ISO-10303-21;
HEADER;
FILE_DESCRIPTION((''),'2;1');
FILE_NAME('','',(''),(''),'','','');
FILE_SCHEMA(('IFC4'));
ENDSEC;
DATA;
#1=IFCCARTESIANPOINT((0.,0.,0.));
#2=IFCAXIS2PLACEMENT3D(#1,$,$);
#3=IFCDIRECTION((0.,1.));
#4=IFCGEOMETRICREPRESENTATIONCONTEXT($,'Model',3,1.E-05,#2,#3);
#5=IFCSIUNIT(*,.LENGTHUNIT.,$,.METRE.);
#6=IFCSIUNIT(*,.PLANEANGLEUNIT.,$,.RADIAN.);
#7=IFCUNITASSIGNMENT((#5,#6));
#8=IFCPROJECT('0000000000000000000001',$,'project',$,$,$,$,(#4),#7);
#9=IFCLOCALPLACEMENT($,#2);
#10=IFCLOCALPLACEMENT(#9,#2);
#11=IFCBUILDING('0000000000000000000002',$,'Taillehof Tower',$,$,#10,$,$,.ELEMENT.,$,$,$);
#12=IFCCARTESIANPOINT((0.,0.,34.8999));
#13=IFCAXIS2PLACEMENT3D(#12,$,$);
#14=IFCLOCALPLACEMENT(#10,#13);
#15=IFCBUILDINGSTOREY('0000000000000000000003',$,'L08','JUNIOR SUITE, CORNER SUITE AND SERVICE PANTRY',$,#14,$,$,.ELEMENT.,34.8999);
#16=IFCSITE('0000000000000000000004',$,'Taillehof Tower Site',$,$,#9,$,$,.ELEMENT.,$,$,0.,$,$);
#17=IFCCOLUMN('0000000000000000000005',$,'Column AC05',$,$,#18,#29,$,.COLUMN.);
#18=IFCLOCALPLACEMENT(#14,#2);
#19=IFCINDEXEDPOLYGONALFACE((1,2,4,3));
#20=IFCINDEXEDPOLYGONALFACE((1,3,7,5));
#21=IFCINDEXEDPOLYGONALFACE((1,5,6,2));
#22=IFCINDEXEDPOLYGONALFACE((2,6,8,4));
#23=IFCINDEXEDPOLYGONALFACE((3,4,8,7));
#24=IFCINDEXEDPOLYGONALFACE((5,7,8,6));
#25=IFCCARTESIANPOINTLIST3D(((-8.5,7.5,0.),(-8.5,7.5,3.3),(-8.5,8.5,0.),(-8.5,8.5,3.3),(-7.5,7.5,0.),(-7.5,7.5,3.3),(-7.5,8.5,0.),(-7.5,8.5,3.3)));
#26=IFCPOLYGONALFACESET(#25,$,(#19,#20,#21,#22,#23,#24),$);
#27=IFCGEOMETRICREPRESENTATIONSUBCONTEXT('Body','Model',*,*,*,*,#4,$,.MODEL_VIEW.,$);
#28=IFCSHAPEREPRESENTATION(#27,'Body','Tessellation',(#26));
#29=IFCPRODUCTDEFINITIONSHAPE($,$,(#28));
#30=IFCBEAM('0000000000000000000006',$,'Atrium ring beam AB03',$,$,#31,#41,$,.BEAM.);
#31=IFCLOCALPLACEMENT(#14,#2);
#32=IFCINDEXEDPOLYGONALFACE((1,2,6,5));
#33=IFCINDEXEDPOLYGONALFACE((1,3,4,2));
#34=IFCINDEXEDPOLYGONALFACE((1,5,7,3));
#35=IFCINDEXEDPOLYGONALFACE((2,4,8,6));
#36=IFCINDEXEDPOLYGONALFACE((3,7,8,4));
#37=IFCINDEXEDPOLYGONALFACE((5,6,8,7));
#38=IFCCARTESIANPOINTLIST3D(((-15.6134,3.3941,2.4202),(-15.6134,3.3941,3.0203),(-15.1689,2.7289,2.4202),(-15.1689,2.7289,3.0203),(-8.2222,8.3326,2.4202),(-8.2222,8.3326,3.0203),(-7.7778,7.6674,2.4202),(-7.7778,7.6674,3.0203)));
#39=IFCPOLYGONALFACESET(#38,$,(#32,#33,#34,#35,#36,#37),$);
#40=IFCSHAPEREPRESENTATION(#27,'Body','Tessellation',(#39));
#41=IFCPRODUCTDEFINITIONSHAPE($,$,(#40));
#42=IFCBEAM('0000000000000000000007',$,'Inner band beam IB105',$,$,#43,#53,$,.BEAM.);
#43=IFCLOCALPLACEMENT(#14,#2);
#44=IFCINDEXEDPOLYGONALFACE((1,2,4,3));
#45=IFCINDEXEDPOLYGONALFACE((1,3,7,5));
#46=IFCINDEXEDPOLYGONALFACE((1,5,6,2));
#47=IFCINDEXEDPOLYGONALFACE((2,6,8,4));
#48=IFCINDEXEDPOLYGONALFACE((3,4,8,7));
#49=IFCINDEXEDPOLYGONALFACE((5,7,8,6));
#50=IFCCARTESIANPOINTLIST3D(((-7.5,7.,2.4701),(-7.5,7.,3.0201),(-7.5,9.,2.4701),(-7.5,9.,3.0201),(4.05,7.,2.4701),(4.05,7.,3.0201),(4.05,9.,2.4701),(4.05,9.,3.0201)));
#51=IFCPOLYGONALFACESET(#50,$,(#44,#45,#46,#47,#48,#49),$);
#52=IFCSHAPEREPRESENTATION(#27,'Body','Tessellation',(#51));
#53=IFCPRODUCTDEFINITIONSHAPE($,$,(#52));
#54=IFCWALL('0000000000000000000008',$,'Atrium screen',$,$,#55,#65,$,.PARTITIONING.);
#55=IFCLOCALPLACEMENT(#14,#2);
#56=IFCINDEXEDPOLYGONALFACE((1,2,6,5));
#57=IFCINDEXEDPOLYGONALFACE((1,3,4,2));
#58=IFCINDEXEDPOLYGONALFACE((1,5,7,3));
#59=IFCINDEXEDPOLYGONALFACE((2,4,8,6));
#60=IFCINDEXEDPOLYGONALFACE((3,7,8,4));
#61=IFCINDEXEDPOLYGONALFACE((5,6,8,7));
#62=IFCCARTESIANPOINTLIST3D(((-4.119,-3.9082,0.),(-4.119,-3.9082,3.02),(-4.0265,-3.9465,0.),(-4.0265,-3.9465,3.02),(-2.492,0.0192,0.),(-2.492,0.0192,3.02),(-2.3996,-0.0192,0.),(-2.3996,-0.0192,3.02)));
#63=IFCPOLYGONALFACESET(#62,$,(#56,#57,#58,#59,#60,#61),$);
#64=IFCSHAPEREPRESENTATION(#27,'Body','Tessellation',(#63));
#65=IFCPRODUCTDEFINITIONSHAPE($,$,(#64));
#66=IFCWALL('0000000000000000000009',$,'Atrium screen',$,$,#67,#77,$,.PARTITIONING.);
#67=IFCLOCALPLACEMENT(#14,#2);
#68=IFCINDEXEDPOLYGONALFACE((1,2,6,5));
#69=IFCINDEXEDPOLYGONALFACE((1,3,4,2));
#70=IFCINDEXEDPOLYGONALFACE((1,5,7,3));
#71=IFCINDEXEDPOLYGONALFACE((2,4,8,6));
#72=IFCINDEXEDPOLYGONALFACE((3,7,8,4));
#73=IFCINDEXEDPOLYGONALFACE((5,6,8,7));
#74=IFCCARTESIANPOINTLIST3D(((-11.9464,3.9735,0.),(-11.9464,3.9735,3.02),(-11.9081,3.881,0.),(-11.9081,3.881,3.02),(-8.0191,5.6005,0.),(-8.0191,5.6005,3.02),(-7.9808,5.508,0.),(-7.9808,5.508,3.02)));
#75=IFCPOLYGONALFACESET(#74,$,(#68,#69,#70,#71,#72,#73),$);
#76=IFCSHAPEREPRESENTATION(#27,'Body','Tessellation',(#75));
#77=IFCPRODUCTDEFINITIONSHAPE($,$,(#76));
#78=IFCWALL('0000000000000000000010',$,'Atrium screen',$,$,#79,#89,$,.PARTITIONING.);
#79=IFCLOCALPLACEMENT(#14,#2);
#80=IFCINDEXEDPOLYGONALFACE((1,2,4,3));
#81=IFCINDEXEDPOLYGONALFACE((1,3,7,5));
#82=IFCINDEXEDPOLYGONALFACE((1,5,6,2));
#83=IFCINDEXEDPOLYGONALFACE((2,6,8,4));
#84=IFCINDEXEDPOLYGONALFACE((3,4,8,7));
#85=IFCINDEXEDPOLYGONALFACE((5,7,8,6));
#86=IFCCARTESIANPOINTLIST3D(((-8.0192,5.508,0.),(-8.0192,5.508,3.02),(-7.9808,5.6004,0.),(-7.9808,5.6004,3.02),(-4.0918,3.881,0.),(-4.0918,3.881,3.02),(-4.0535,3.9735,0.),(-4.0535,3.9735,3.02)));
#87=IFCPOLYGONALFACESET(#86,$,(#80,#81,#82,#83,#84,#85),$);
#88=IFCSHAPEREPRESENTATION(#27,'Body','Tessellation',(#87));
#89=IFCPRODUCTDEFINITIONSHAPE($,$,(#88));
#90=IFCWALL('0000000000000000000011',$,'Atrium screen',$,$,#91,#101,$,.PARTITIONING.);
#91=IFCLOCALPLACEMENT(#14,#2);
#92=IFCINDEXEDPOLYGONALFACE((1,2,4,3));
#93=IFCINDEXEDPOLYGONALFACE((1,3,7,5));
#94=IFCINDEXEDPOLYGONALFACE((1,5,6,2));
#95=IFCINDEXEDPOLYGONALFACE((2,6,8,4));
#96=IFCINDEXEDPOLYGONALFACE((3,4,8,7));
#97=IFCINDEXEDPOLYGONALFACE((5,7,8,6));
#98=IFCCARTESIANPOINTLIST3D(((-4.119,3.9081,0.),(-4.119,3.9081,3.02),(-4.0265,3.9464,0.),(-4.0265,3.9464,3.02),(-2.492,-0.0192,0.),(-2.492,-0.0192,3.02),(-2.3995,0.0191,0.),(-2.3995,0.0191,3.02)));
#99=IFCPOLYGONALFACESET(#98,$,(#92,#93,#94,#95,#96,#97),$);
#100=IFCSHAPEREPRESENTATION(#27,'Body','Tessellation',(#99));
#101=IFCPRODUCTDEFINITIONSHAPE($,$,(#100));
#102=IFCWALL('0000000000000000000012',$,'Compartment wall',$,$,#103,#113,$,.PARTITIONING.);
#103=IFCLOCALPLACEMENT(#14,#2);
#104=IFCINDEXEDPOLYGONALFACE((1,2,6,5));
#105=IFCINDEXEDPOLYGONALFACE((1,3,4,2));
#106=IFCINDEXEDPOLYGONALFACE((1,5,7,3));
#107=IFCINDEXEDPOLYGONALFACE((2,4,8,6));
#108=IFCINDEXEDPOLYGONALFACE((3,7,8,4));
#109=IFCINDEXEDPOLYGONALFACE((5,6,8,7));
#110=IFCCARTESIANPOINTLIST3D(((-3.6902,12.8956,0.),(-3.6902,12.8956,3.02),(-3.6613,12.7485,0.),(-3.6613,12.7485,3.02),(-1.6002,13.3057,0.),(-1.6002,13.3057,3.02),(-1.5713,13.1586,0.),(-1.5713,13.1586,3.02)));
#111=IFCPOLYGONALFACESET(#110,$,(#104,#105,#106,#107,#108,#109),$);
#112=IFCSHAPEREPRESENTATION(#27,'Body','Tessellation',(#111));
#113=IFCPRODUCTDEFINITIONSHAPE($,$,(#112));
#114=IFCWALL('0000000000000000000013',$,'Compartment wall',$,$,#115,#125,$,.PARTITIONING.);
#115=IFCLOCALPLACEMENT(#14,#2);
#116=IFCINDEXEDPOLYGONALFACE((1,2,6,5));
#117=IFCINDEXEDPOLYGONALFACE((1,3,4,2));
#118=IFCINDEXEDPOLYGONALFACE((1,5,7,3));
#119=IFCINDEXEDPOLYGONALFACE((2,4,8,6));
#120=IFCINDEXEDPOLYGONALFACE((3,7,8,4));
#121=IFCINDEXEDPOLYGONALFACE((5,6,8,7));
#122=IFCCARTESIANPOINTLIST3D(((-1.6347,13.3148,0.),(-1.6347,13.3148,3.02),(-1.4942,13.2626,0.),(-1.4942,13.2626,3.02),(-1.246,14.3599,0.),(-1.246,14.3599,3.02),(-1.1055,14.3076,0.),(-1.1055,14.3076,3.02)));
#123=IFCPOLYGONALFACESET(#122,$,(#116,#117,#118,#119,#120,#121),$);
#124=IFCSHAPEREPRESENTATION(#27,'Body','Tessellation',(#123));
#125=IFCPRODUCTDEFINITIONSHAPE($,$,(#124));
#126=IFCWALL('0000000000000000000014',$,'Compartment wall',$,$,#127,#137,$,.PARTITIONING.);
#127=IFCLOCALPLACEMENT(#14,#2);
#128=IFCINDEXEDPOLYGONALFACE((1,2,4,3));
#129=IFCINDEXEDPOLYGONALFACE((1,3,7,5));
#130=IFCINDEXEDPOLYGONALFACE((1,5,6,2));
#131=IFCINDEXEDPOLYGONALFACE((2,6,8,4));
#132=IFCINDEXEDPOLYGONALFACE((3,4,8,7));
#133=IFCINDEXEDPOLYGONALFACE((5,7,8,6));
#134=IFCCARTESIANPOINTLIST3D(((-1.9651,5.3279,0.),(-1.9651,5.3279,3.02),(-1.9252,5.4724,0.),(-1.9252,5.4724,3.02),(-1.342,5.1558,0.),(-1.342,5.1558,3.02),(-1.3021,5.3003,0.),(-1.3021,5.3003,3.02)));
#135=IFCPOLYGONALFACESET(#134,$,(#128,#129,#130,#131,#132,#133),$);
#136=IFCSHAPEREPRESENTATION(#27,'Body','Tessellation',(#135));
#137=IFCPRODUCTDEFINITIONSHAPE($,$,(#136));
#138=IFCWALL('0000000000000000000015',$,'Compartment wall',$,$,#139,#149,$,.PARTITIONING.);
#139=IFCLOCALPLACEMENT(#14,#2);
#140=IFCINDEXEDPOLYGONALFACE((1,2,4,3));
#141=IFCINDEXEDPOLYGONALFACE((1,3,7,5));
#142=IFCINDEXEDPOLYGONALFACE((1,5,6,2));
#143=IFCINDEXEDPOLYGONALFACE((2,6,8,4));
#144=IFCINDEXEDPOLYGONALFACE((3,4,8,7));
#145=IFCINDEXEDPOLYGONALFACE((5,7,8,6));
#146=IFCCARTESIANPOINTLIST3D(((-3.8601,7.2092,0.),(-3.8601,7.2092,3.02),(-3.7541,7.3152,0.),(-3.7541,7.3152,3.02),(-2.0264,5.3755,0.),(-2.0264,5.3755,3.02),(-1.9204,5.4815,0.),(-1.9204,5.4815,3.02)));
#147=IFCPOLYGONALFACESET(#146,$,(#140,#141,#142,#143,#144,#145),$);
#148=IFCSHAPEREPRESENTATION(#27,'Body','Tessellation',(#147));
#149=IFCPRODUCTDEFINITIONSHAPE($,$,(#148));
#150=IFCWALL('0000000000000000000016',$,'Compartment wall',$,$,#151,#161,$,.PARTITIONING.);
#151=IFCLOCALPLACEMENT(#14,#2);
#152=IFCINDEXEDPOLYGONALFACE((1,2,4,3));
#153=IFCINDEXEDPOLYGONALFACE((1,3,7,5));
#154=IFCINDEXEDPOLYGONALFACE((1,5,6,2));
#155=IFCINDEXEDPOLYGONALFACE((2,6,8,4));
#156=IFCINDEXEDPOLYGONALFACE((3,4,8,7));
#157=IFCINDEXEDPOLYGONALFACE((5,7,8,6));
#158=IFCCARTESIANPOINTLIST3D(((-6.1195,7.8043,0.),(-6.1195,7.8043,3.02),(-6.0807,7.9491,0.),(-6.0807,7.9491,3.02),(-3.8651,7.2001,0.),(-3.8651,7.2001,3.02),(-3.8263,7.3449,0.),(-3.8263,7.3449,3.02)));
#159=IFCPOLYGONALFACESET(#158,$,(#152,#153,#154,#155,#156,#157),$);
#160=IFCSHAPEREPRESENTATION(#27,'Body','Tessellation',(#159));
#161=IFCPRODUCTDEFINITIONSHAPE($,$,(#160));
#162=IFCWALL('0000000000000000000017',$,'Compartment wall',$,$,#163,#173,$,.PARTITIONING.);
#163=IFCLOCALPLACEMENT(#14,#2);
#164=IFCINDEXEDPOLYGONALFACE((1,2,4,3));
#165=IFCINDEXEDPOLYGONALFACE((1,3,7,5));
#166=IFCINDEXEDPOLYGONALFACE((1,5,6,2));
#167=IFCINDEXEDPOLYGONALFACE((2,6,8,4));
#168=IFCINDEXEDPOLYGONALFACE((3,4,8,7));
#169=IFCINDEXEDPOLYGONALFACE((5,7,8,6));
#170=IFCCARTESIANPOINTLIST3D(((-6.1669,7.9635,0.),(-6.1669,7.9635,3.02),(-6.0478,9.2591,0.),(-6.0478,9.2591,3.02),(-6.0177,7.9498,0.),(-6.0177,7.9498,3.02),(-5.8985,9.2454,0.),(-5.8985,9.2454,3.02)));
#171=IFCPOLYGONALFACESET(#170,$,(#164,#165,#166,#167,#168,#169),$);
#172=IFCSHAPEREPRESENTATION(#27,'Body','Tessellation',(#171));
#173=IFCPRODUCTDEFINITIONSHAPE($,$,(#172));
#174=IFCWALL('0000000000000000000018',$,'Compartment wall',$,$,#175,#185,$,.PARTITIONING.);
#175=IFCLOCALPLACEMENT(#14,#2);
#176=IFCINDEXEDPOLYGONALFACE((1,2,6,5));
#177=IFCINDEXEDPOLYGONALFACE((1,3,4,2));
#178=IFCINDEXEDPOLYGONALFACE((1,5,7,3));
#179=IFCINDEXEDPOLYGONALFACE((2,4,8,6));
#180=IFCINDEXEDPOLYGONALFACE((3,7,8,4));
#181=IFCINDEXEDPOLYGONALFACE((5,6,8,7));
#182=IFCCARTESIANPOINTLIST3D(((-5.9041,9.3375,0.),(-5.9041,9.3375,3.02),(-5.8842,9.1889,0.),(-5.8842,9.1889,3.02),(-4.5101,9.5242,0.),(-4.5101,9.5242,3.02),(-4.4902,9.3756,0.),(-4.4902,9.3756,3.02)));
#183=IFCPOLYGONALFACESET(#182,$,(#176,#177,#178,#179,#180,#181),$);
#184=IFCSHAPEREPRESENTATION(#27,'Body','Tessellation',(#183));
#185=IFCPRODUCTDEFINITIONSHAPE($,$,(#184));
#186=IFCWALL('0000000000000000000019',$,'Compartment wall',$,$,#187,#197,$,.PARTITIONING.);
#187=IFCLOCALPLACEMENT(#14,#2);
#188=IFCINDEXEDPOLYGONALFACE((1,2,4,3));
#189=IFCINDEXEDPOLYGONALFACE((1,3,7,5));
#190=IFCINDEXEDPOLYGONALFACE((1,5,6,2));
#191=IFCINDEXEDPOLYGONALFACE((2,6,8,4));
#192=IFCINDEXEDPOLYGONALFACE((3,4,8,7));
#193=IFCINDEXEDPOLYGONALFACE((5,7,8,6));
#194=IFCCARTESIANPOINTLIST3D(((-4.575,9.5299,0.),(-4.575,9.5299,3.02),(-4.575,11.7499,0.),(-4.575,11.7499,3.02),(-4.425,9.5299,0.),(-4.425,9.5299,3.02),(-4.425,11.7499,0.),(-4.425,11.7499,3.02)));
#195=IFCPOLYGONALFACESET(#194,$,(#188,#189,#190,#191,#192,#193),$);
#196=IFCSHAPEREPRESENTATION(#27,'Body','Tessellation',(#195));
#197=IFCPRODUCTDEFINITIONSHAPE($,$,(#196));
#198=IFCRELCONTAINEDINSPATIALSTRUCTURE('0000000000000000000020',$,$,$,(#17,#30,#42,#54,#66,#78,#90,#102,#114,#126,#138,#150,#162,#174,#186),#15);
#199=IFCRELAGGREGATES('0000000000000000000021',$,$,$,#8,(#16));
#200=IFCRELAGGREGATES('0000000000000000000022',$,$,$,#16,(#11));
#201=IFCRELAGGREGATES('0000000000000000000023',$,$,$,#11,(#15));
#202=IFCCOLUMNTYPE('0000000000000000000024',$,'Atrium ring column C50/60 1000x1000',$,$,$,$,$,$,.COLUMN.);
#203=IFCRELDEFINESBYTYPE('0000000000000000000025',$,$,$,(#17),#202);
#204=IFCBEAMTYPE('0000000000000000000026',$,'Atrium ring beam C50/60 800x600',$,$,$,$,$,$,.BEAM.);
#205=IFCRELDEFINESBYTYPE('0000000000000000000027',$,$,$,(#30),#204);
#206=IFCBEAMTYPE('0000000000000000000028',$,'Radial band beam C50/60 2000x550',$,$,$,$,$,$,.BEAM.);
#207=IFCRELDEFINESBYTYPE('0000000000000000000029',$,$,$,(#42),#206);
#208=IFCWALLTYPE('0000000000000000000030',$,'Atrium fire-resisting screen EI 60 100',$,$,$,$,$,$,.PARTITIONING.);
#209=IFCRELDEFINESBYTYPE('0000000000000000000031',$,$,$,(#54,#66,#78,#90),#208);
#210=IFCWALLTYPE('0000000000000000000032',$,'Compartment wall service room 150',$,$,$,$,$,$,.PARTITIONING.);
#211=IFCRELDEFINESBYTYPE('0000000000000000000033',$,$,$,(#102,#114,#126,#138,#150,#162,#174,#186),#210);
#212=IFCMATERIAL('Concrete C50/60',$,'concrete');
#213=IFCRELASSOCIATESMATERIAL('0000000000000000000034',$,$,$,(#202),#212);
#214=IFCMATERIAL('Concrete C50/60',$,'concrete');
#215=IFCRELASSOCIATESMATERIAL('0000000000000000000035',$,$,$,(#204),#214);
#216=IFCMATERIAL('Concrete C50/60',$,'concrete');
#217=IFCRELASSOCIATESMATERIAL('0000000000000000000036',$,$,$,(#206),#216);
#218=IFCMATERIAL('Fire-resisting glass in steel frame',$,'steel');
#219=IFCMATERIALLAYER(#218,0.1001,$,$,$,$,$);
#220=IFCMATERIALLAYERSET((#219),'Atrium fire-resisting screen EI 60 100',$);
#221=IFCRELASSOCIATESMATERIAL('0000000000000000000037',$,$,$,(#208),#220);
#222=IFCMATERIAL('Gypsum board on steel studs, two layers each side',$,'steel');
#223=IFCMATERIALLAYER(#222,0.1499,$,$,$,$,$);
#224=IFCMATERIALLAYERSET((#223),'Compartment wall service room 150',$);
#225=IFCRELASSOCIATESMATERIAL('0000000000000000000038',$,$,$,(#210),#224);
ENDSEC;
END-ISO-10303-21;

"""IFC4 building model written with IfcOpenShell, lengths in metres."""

from ifc_helpers import new_model, si_unit, direction, frame, frame_2d, origin, origin_2d, place, context, subcontext, project, spatial, rectangle, extrude, material, layer, layer_set, material_profile, profile_set, type_object, element, save


model = new_model("IFC4")

# Units and contexts
model_context = context("Model", 3, precision=1e-05, world=origin(), true_north=direction((0.0, 1.0)))
body_context = subcontext(model_context, "Body", "Model", "MODEL_VIEW")
ifc_project = project(units=[si_unit("LENGTHUNIT", "METRE"), si_unit("PLANEANGLEUNIT", "RADIAN")], contexts=[model_context])

# Site, building, storey
site_placement = place(None, origin())
site = spatial("IfcSite", under=ifc_project, at=site_placement, Name="Taillehof Tower Site", CompositionType="ELEMENT", RefElevation=0.0)
building_placement = place(site_placement, origin())
building = spatial("IfcBuilding", under=site, at=building_placement, Name="Taillehof Tower", CompositionType="ELEMENT")
storey_placement = place(building_placement, frame((0.0, 0.0, 34.8999)))
storey = spatial("IfcBuildingStorey", under=building, at=storey_placement, Name="L08", Description="JUNIOR SUITE, CORNER SUITE AND SERVICE PANTRY", CompositionType="ELEMENT", Elevation=34.8999)

# Column
ifc_material_1 = material(Name="Concrete C50/60", Category="concrete")
ifc_material_profile_1 = material_profile(ifc_material_1, rectangle(XDim=1.0, YDim=1.0, at=origin_2d()), Name="RC 1000x1000")
ifc_profile_set_1 = profile_set([ifc_material_profile_1], Name="Concrete C50/60")
column_type = type_object("IfcColumnType", Name="Atrium ring column C50/60 1000x1000", PredefinedType="COLUMN", material=ifc_profile_set_1)
column_placement = place(storey_placement, frame((-8.0, 8.0, 0.0), z_axis=(0.0, 0.0, 1.0), x_axis=(1.0, 0.0, 0.0)))
element("IfcColumn", 1, at=column_placement, inside=storey, type_object=column_type, Name="Column AC05", PredefinedType="COLUMN", context=body_context, shape_type="SweptSolid", body=[
    extrude(rectangle(XDim=1.0, YDim=1.0, at=origin_2d()), origin(), (0.0, 0.0, 1.0), 3.3),
])

# Beams
ifc_material_2 = material(Name="Concrete C50/60", Category="concrete")
ifc_material_profile_2 = material_profile(ifc_material_2, rectangle(XDim=0.8, YDim=0.6001, at=origin_2d()), Name="RC 800x600")
ifc_profile_set_2 = profile_set([ifc_material_profile_2], Name="Concrete C50/60")
beam_type_1 = type_object("IfcBeamType", Name="Atrium ring beam C50/60 800x600", PredefinedType="BEAM", material=ifc_profile_set_2)
beam_1_placement = place(storey_placement, frame((-8.0, 8.0, 2.7202), z_axis=(-0.831475, -0.555562, 0.0), x_axis=(0.555562, -0.831475, 0.0)))
element("IfcBeam", 2, at=beam_1_placement, inside=storey, type_object=beam_type_1, Name="Atrium ring beam AB03", PredefinedType="BEAM", context=body_context, shape_type="SweptSolid", body=[
    extrude(rectangle(XDim=0.8, YDim=0.6001, at=origin_2d()), origin(), (0.0, 0.0, 1.0), 8.8892),
])
ifc_material_3 = material(Name="Concrete C50/60", Category="concrete")
ifc_material_profile_3 = material_profile(ifc_material_3, rectangle(XDim=2.0, YDim=0.55, at=origin_2d()), Name="RC 2000x550")
ifc_profile_set_3 = profile_set([ifc_material_profile_3], Name="Concrete C50/60")
beam_type_2 = type_object("IfcBeamType", Name="Radial band beam C50/60 2000x550", PredefinedType="BEAM", material=ifc_profile_set_3)
beam_2_placement = place(storey_placement, frame((-7.5, 8.0, 2.7451), z_axis=(1.0, 0.0, 0.0), x_axis=(0.0, 1.0, 0.0)))
element("IfcBeam", 3, at=beam_2_placement, inside=storey, type_object=beam_type_2, Name="Inner band beam IB105", PredefinedType="BEAM", context=body_context, shape_type="SweptSolid", body=[
    extrude(rectangle(XDim=2.0, YDim=0.55, at=origin_2d()), origin(), (0.0, 0.0, 1.0), 11.55),
])

# Walls
ifc_material_4 = material(Name="Fire-resisting glass in steel frame", Category="steel")
ifc_layer_1 = layer(ifc_material_4, 0.1001)
ifc_layer_set_1 = layer_set([ifc_layer_1], Name="Atrium fire-resisting screen EI 60 100")
wall_type_1 = type_object("IfcWallType", Name="Atrium fire-resisting screen EI 60 100", PredefinedType="PARTITIONING", material=ifc_layer_set_1)
for number, where, z_axis, x_axis, name in (
    (4, (-2.4458, 0.0, 0.0), (0.0, 0.0, 1.0), (-0.382731, -0.92386, 0.0), "Atrium screen"),
    (5, (-11.9272, 3.9272, 0.0), (0.0, 0.0, 1.0), (0.92386, 0.382731, 0.0), "Atrium screen"),
    (6, (-8.0, 5.5542, 0.0), (0.0, 0.0, 1.0), (0.92386, -0.382731, 0.0), "Atrium screen"),
    (7, (-4.0728, 3.9272, 0.0), (0.0, 0.0, 1.0), (0.382731, -0.92386, 0.0), "Atrium screen"),
):
    element("IfcWall", number, at=place(storey_placement, frame(where, z_axis=z_axis, x_axis=x_axis)), inside=storey, type_object=wall_type_1, Name=name, PredefinedType="PARTITIONING", context=body_context, shape_type="SweptSolid", body=[
        extrude(rectangle(XDim=4.251, YDim=0.1001, at=frame_2d((2.1255, 0.0))), origin(), (0.0, 0.0, 1.0), 3.02),
    ])
ifc_material_5 = material(Name="Gypsum board on steel studs, two layers each side", Category="steel")
ifc_layer_2 = layer(ifc_material_5, 0.1499)
ifc_layer_set_2 = layer_set([ifc_layer_2], Name="Compartment wall service room 150")
wall_type_2 = type_object("IfcWallType", Name="Compartment wall service room 150", PredefinedType="PARTITIONING", material=ifc_layer_set_2)
wall_1_placement = place(storey_placement, frame((-3.6758, 12.822, 0.0), z_axis=(0.0, 0.0, 1.0), x_axis=(0.981284, 0.192566, 0.0)))
element("IfcWall", 8, at=wall_1_placement, inside=storey, type_object=wall_type_2, Name="Compartment wall", PredefinedType="PARTITIONING", context=body_context, shape_type="SweptSolid", body=[
    extrude(rectangle(XDim=2.1299, YDim=0.1499, at=frame_2d((1.0649, 0.0))), origin(), (0.0, 0.0, 1.0), 3.02),
])
wall_2_placement = place(storey_placement, frame((-1.5645, 13.2886, 0.0), z_axis=(0.0, 0.0, 1.0), x_axis=(0.348555, 0.937288, 0.0)))
element("IfcWall", 9, at=wall_2_placement, inside=storey, type_object=wall_type_2, Name="Compartment wall", PredefinedType="PARTITIONING", context=body_context, shape_type="SweptSolid", body=[
    extrude(rectangle(XDim=1.115, YDim=0.1499, at=frame_2d((0.5576, 0.0))), origin(), (0.0, 0.0, 1.0), 3.02),
])
wall_3_placement = place(storey_placement, frame((-1.322, 5.228, 0.0), z_axis=(0.0, 0.0, 1.0), x_axis=(-0.963896, 0.26628, 0.0)))
element("IfcWall", 10, at=wall_3_placement, inside=storey, type_object=wall_type_2, Name="Compartment wall", PredefinedType="PARTITIONING", context=body_context, shape_type="SweptSolid", body=[
    extrude(rectangle(XDim=0.6465, YDim=0.1499, at=frame_2d((0.3232, 0.0))), origin(), (0.0, 0.0, 1.0), 3.02),
])
wall_4_placement = place(storey_placement, frame((-1.9734, 5.4285, 0.0), z_axis=(0.0, 0.0, 1.0), x_axis=(-0.707107, 0.707107, 0.0)))
element("IfcWall", 11, at=wall_4_placement, inside=storey, type_object=wall_type_2, Name="Compartment wall", PredefinedType="PARTITIONING", context=body_context, shape_type="SweptSolid", body=[
    extrude(rectangle(XDim=2.5933, YDim=0.1499, at=frame_2d((1.2966, 0.0))), origin(), (0.0, 0.0, 1.0), 3.02),
])
wall_5_placement = place(storey_placement, frame((-3.8457, 7.2725, 0.0), z_axis=(0.0, 0.0, 1.0), x_axis=(-0.965906, 0.258893, 0.0)))
element("IfcWall", 12, at=wall_5_placement, inside=storey, type_object=wall_type_2, Name="Compartment wall", PredefinedType="PARTITIONING", context=body_context, shape_type="SweptSolid", body=[
    extrude(rectangle(XDim=2.334, YDim=0.1499, at=frame_2d((1.167, 0.0))), origin(), (0.0, 0.0, 1.0), 3.02),
])
wall_6_placement = place(storey_placement, frame((-6.0923, 7.9568, 0.0), z_axis=(0.0, 0.0, 1.0), x_axis=(0.091568, 0.995799, 0.0)))
element("IfcWall", 13, at=wall_6_placement, inside=storey, type_object=wall_type_2, Name="Compartment wall", PredefinedType="PARTITIONING", context=body_context, shape_type="SweptSolid", body=[
    extrude(rectangle(XDim=1.301, YDim=0.1499, at=frame_2d((0.6504, 0.0))), origin(), (0.0, 0.0, 1.0), 3.02),
])
wall_7_placement = place(storey_placement, frame((-5.894, 9.2632, 0.0), z_axis=(0.0, 0.0, 1.0), x_axis=(0.991144, 0.132789, 0.0)))
element("IfcWall", 14, at=wall_7_placement, inside=storey, type_object=wall_type_2, Name="Compartment wall", PredefinedType="PARTITIONING", context=body_context, shape_type="SweptSolid", body=[
    extrude(rectangle(XDim=1.4065, YDim=0.1499, at=frame_2d((0.7031, 0.0))), origin(), (0.0, 0.0, 1.0), 3.02),
])
wall_8_placement = place(storey_placement, frame((-4.5, 9.53, 0.0), z_axis=(0.0, 0.0, 1.0), x_axis=(0.0, 1.0, 0.0)))
element("IfcWall", 15, at=wall_8_placement, inside=storey, type_object=wall_type_2, Name="Compartment wall", PredefinedType="PARTITIONING", context=body_context, shape_type="SweptSolid", body=[
    extrude(rectangle(XDim=2.22, YDim=0.1499, at=frame_2d((1.1099, 0.0))), origin(), (0.0, 0.0, 1.0), 3.02),
])

save(model, "model.ifc")
